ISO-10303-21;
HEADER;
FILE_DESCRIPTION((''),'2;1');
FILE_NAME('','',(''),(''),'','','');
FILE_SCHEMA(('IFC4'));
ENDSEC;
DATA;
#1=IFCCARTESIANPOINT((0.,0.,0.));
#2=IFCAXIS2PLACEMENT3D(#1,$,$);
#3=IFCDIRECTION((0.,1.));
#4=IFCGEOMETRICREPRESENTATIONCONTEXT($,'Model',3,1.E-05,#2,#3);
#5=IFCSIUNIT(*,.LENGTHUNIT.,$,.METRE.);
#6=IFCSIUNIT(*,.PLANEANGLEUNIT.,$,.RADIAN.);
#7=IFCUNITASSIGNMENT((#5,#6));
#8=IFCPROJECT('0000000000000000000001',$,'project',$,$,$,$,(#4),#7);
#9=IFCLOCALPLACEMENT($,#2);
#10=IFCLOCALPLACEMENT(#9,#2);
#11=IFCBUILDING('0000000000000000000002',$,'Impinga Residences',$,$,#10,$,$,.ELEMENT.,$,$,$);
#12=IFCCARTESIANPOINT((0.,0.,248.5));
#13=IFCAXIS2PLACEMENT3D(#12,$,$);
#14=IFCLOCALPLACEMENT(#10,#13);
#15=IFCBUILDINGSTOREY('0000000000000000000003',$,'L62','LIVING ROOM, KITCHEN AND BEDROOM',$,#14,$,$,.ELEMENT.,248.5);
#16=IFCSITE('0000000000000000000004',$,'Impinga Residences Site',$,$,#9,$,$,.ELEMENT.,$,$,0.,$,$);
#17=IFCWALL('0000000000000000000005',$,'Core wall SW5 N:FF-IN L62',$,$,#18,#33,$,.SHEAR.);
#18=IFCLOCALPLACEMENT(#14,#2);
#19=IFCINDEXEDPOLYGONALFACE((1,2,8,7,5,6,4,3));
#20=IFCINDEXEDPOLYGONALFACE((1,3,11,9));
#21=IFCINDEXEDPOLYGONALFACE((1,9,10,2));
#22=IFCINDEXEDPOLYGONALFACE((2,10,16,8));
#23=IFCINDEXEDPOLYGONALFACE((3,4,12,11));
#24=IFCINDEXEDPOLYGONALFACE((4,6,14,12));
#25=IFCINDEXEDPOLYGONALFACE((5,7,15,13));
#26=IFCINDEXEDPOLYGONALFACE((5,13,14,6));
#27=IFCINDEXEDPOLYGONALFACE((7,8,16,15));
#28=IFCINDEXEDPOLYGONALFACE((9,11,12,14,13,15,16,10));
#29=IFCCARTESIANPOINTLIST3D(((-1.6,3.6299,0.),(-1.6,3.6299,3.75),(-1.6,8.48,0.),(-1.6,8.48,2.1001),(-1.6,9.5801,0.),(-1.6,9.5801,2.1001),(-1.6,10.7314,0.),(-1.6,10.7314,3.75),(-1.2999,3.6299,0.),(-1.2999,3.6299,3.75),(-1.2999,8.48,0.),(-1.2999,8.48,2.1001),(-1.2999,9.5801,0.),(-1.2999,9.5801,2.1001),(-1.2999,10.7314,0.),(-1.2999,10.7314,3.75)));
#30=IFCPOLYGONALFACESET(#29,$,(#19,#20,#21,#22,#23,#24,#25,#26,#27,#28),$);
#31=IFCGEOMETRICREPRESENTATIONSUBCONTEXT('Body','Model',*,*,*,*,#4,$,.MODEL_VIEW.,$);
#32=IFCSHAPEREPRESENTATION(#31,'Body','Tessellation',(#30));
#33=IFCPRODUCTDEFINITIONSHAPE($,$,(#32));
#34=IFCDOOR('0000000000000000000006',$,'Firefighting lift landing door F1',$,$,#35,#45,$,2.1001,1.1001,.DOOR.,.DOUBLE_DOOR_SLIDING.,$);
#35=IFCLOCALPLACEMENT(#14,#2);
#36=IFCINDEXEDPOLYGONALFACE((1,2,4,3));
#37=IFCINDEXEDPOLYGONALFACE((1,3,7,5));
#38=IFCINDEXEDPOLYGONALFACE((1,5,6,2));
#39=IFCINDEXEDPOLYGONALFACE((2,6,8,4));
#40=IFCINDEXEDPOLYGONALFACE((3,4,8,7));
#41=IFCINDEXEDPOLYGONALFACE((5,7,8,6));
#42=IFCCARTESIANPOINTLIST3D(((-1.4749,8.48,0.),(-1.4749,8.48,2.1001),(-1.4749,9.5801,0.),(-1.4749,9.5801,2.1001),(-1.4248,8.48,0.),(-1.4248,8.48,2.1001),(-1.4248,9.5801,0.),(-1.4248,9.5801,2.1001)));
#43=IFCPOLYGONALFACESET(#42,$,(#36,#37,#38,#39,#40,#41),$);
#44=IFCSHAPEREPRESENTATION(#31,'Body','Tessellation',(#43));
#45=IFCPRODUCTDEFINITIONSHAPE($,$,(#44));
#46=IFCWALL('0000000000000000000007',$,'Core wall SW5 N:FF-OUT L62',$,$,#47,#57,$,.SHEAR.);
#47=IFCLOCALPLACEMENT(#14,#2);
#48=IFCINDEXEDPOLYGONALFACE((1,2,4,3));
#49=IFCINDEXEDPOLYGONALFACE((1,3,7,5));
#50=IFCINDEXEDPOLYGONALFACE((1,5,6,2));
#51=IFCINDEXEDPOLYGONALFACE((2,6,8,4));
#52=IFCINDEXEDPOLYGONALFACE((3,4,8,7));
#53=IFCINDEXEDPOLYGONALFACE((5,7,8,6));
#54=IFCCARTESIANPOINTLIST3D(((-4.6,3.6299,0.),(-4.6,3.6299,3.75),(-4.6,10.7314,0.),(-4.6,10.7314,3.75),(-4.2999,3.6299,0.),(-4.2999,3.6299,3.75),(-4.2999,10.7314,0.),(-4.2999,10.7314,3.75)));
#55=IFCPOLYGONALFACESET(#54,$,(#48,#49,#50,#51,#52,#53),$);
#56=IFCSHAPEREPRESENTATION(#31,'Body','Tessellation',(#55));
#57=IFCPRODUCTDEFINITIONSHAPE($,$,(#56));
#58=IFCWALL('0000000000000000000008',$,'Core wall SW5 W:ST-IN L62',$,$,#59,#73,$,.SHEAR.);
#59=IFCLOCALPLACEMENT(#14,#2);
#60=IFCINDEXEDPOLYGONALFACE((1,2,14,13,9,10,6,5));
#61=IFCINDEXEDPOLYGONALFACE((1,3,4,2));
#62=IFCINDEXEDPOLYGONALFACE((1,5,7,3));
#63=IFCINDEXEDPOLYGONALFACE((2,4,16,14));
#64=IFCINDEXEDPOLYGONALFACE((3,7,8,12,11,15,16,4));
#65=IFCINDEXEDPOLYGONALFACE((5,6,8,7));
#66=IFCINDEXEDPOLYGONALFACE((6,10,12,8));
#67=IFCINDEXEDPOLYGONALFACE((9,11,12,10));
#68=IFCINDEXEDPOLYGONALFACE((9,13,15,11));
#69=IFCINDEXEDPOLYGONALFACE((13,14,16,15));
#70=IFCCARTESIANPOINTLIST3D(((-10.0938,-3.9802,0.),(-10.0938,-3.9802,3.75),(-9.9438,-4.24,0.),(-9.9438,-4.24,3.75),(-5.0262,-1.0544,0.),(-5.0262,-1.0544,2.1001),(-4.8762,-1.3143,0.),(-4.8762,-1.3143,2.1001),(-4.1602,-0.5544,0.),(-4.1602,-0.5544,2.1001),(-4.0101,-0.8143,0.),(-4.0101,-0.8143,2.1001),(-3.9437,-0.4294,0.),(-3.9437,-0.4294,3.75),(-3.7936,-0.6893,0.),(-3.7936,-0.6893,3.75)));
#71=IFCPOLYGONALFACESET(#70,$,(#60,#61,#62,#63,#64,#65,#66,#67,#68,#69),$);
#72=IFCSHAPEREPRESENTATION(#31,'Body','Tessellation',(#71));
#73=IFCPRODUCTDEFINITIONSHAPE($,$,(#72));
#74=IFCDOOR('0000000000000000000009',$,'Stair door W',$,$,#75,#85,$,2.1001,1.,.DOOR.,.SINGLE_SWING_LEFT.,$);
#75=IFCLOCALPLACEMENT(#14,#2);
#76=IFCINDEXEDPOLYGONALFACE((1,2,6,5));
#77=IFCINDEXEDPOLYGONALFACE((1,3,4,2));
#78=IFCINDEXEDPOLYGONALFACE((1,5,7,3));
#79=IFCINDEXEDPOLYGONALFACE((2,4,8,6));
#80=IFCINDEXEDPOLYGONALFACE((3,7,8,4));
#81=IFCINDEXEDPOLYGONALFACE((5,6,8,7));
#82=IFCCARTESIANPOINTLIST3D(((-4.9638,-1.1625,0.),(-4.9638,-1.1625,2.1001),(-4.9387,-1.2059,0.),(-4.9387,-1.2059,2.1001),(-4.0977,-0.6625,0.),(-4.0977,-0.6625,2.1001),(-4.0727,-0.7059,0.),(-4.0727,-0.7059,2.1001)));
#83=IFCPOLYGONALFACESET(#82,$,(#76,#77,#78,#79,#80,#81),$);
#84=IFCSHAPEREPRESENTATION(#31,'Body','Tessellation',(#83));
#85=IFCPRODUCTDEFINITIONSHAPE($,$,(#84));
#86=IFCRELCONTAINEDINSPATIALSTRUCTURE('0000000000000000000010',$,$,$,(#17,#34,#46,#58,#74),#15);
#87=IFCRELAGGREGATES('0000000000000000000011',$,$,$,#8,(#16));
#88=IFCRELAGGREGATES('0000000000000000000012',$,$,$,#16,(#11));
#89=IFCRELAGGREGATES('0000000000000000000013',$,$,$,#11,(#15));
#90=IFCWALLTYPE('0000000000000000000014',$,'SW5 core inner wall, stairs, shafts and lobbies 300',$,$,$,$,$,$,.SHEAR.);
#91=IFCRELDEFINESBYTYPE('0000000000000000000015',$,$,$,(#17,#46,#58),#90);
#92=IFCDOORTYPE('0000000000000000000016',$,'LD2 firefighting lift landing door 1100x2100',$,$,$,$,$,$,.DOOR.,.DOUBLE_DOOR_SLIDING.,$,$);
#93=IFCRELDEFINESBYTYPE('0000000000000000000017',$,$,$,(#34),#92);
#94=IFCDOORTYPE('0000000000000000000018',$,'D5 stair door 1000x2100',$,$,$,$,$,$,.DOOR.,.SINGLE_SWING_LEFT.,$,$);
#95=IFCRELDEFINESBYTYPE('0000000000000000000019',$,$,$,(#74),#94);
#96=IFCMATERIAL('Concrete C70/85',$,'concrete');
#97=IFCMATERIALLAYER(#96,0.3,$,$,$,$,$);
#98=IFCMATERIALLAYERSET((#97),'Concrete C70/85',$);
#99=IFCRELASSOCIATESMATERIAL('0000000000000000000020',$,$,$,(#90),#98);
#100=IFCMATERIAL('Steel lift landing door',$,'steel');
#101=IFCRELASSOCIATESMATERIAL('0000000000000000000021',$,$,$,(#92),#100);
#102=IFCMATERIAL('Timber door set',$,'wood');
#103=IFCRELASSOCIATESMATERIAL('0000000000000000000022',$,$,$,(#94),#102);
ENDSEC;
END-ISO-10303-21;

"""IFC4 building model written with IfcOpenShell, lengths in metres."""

from ifc_helpers import new_model, si_unit, direction, frame, frame_2d, origin, place, context, subcontext, project, spatial, rectangle, extrude, material, layer, layer_set, type_object, element, fill, save


model = new_model("IFC4")

# Units and contexts
model_context = context("Model", 3, precision=1e-05, world=origin(), true_north=direction((0.0, 1.0)))
body_context = subcontext(model_context, "Body", "Model", "MODEL_VIEW")
ifc_project = project(units=[si_unit("LENGTHUNIT", "METRE"), si_unit("PLANEANGLEUNIT", "RADIAN")], contexts=[model_context])

# Site, building, storey
site_placement = place(None, origin())
site = spatial("IfcSite", under=ifc_project, at=site_placement, Name="Impinga Residences Site", CompositionType="ELEMENT", RefElevation=0.0)
building_placement = place(site_placement, origin())
building = spatial("IfcBuilding", under=site, at=building_placement, Name="Impinga Residences", CompositionType="ELEMENT")
storey_placement = place(building_placement, frame((0.0, 0.0, 248.5)))
storey = spatial("IfcBuildingStorey", under=building, at=storey_placement, Name="L62", Description="LIVING ROOM, KITCHEN AND BEDROOM", CompositionType="ELEMENT", Elevation=248.5)

# Wall, opening, door
ifc_material_1 = material(Name="Concrete C70/85", Category="concrete")
ifc_layer_1 = layer(ifc_material_1, 0.3)
ifc_layer_set_1 = layer_set([ifc_layer_1], Name="Concrete C70/85")
wall_type_1 = type_object("IfcWallType", Name="SW5 core inner wall, stairs, shafts and lobbies 300", PredefinedType="SHEAR", material=ifc_layer_set_1)
wall_1_placement = place(storey_placement, frame((-1.45, 3.6299, 0.0), z_axis=(0.0, 0.0, 1.0), x_axis=(0.0, 1.0, 0.0)))
wall_1 = element("IfcWall", 1, at=wall_1_placement, inside=storey, type_object=wall_type_1, Name="Core wall SW5 N:FF-IN L62", PredefinedType="SHEAR", context=body_context, shape_type="SweptSolid", body=[
    extrude(rectangle(XDim=7.1016, YDim=0.3, at=frame_2d((3.5508, 0.0))), origin(), (0.0, 0.0, 1.0), 3.75),
])
opening_1_placement = place(wall_1_placement, frame((4.8501, 0.0, 0.0)))
opening_1 = element("IfcOpeningElement", 2, at=opening_1_placement, cuts=wall_1, PredefinedType="OPENING", context=body_context, shape_type="SweptSolid", body=[
    extrude(rectangle(XDim=1.1001, YDim=2.1001, at=frame_2d((0.55, 1.05))), frame((0.0, 0.1599, 0.0), z_axis=(0.0, -1.0, 0.0), x_axis=(1.0, 0.0, 0.0)), (0.0, 0.0, 1.0), 0.3201),
])
ifc_material_2 = material(Name="Steel lift landing door", Category="steel")
door_type_1 = type_object("IfcDoorType", Name="LD2 firefighting lift landing door 1100x2100", OperationType="DOUBLE_DOOR_SLIDING", PredefinedType="DOOR", material=ifc_material_2)
door_1_placement = place(opening_1_placement, origin())
door_1 = element("IfcDoor", 3, at=door_1_placement, inside=storey, type_object=door_type_1, Name="Firefighting lift landing door F1", OperationType="DOUBLE_DOOR_SLIDING", OverallHeight=2.1001, OverallWidth=1.1001, PredefinedType="DOOR", context=body_context, shape_type="SweptSolid", body=[
    extrude(rectangle(XDim=1.1001, YDim=2.1001, at=frame_2d((0.55, 1.05))), frame((0.0, 0.0249, 0.0), z_axis=(0.0, -1.0, 0.0), x_axis=(1.0, 0.0, 0.0)), (0.0, 0.0, 1.0), 0.05),
])
fill(opening_1, door_1)

# Wall
wall_2_placement = place(storey_placement, frame((-4.45, 3.6299, 0.0), z_axis=(0.0, 0.0, 1.0), x_axis=(0.0, 1.0, 0.0)))
element("IfcWall", 4, at=wall_2_placement, inside=storey, type_object=wall_type_1, Name="Core wall SW5 N:FF-OUT L62", PredefinedType="SHEAR", context=body_context, shape_type="SweptSolid", body=[
    extrude(rectangle(XDim=7.1016, YDim=0.3, at=frame_2d((3.5508, 0.0))), origin(), (0.0, 0.0, 1.0), 3.75),
])

# Wall, opening, door
wall_3_placement = place(storey_placement, frame((-3.8687, -0.5593, 0.0), z_axis=(0.0, 0.0, 1.0), x_axis=(-0.866026, -0.499999, 0.0)))
wall_3 = element("IfcWall", 5, at=wall_3_placement, inside=storey, type_object=wall_type_1, Name="Core wall SW5 W:ST-IN L62", PredefinedType="SHEAR", context=body_context, shape_type="SweptSolid", body=[
    extrude(rectangle(XDim=7.1016, YDim=0.3, at=frame_2d((3.5508, 0.0))), origin(), (0.0, 0.0, 1.0), 3.75),
])
opening_2_placement = place(wall_3_placement, frame((0.25, 0.0, 0.0)))
opening_2 = element("IfcOpeningElement", 6, at=opening_2_placement, cuts=wall_3, PredefinedType="OPENING", context=body_context, shape_type="SweptSolid", body=[
    extrude(rectangle(XDim=1.0, YDim=2.1001, at=frame_2d((0.5, 1.05))), frame((0.0, 0.1599, 0.0), z_axis=(0.0, -1.0, 0.0), x_axis=(1.0, 0.0, 0.0)), (0.0, 0.0, 1.0), 0.3201),
])
ifc_material_3 = material(Name="Timber door set", Category="wood")
door_type_2 = type_object("IfcDoorType", Name="D5 stair door 1000x2100", OperationType="SINGLE_SWING_LEFT", PredefinedType="DOOR", material=ifc_material_3)
door_2_placement = place(opening_2_placement, origin())
door_2 = element("IfcDoor", 7, at=door_2_placement, inside=storey, type_object=door_type_2, Name="Stair door W", OperationType="SINGLE_SWING_LEFT", OverallHeight=2.1001, OverallWidth=1.0, PredefinedType="DOOR", context=body_context, shape_type="SweptSolid", body=[
    extrude(rectangle(XDim=1.0, YDim=2.1001, at=frame_2d((0.5, 1.05))), frame((0.0, 0.0249, 0.0), z_axis=(0.0, -1.0, 0.0), x_axis=(1.0, 0.0, 0.0)), (0.0, 0.0, 1.0), 0.05),
])
fill(opening_2, door_2)

save(model, "model.ifc")
